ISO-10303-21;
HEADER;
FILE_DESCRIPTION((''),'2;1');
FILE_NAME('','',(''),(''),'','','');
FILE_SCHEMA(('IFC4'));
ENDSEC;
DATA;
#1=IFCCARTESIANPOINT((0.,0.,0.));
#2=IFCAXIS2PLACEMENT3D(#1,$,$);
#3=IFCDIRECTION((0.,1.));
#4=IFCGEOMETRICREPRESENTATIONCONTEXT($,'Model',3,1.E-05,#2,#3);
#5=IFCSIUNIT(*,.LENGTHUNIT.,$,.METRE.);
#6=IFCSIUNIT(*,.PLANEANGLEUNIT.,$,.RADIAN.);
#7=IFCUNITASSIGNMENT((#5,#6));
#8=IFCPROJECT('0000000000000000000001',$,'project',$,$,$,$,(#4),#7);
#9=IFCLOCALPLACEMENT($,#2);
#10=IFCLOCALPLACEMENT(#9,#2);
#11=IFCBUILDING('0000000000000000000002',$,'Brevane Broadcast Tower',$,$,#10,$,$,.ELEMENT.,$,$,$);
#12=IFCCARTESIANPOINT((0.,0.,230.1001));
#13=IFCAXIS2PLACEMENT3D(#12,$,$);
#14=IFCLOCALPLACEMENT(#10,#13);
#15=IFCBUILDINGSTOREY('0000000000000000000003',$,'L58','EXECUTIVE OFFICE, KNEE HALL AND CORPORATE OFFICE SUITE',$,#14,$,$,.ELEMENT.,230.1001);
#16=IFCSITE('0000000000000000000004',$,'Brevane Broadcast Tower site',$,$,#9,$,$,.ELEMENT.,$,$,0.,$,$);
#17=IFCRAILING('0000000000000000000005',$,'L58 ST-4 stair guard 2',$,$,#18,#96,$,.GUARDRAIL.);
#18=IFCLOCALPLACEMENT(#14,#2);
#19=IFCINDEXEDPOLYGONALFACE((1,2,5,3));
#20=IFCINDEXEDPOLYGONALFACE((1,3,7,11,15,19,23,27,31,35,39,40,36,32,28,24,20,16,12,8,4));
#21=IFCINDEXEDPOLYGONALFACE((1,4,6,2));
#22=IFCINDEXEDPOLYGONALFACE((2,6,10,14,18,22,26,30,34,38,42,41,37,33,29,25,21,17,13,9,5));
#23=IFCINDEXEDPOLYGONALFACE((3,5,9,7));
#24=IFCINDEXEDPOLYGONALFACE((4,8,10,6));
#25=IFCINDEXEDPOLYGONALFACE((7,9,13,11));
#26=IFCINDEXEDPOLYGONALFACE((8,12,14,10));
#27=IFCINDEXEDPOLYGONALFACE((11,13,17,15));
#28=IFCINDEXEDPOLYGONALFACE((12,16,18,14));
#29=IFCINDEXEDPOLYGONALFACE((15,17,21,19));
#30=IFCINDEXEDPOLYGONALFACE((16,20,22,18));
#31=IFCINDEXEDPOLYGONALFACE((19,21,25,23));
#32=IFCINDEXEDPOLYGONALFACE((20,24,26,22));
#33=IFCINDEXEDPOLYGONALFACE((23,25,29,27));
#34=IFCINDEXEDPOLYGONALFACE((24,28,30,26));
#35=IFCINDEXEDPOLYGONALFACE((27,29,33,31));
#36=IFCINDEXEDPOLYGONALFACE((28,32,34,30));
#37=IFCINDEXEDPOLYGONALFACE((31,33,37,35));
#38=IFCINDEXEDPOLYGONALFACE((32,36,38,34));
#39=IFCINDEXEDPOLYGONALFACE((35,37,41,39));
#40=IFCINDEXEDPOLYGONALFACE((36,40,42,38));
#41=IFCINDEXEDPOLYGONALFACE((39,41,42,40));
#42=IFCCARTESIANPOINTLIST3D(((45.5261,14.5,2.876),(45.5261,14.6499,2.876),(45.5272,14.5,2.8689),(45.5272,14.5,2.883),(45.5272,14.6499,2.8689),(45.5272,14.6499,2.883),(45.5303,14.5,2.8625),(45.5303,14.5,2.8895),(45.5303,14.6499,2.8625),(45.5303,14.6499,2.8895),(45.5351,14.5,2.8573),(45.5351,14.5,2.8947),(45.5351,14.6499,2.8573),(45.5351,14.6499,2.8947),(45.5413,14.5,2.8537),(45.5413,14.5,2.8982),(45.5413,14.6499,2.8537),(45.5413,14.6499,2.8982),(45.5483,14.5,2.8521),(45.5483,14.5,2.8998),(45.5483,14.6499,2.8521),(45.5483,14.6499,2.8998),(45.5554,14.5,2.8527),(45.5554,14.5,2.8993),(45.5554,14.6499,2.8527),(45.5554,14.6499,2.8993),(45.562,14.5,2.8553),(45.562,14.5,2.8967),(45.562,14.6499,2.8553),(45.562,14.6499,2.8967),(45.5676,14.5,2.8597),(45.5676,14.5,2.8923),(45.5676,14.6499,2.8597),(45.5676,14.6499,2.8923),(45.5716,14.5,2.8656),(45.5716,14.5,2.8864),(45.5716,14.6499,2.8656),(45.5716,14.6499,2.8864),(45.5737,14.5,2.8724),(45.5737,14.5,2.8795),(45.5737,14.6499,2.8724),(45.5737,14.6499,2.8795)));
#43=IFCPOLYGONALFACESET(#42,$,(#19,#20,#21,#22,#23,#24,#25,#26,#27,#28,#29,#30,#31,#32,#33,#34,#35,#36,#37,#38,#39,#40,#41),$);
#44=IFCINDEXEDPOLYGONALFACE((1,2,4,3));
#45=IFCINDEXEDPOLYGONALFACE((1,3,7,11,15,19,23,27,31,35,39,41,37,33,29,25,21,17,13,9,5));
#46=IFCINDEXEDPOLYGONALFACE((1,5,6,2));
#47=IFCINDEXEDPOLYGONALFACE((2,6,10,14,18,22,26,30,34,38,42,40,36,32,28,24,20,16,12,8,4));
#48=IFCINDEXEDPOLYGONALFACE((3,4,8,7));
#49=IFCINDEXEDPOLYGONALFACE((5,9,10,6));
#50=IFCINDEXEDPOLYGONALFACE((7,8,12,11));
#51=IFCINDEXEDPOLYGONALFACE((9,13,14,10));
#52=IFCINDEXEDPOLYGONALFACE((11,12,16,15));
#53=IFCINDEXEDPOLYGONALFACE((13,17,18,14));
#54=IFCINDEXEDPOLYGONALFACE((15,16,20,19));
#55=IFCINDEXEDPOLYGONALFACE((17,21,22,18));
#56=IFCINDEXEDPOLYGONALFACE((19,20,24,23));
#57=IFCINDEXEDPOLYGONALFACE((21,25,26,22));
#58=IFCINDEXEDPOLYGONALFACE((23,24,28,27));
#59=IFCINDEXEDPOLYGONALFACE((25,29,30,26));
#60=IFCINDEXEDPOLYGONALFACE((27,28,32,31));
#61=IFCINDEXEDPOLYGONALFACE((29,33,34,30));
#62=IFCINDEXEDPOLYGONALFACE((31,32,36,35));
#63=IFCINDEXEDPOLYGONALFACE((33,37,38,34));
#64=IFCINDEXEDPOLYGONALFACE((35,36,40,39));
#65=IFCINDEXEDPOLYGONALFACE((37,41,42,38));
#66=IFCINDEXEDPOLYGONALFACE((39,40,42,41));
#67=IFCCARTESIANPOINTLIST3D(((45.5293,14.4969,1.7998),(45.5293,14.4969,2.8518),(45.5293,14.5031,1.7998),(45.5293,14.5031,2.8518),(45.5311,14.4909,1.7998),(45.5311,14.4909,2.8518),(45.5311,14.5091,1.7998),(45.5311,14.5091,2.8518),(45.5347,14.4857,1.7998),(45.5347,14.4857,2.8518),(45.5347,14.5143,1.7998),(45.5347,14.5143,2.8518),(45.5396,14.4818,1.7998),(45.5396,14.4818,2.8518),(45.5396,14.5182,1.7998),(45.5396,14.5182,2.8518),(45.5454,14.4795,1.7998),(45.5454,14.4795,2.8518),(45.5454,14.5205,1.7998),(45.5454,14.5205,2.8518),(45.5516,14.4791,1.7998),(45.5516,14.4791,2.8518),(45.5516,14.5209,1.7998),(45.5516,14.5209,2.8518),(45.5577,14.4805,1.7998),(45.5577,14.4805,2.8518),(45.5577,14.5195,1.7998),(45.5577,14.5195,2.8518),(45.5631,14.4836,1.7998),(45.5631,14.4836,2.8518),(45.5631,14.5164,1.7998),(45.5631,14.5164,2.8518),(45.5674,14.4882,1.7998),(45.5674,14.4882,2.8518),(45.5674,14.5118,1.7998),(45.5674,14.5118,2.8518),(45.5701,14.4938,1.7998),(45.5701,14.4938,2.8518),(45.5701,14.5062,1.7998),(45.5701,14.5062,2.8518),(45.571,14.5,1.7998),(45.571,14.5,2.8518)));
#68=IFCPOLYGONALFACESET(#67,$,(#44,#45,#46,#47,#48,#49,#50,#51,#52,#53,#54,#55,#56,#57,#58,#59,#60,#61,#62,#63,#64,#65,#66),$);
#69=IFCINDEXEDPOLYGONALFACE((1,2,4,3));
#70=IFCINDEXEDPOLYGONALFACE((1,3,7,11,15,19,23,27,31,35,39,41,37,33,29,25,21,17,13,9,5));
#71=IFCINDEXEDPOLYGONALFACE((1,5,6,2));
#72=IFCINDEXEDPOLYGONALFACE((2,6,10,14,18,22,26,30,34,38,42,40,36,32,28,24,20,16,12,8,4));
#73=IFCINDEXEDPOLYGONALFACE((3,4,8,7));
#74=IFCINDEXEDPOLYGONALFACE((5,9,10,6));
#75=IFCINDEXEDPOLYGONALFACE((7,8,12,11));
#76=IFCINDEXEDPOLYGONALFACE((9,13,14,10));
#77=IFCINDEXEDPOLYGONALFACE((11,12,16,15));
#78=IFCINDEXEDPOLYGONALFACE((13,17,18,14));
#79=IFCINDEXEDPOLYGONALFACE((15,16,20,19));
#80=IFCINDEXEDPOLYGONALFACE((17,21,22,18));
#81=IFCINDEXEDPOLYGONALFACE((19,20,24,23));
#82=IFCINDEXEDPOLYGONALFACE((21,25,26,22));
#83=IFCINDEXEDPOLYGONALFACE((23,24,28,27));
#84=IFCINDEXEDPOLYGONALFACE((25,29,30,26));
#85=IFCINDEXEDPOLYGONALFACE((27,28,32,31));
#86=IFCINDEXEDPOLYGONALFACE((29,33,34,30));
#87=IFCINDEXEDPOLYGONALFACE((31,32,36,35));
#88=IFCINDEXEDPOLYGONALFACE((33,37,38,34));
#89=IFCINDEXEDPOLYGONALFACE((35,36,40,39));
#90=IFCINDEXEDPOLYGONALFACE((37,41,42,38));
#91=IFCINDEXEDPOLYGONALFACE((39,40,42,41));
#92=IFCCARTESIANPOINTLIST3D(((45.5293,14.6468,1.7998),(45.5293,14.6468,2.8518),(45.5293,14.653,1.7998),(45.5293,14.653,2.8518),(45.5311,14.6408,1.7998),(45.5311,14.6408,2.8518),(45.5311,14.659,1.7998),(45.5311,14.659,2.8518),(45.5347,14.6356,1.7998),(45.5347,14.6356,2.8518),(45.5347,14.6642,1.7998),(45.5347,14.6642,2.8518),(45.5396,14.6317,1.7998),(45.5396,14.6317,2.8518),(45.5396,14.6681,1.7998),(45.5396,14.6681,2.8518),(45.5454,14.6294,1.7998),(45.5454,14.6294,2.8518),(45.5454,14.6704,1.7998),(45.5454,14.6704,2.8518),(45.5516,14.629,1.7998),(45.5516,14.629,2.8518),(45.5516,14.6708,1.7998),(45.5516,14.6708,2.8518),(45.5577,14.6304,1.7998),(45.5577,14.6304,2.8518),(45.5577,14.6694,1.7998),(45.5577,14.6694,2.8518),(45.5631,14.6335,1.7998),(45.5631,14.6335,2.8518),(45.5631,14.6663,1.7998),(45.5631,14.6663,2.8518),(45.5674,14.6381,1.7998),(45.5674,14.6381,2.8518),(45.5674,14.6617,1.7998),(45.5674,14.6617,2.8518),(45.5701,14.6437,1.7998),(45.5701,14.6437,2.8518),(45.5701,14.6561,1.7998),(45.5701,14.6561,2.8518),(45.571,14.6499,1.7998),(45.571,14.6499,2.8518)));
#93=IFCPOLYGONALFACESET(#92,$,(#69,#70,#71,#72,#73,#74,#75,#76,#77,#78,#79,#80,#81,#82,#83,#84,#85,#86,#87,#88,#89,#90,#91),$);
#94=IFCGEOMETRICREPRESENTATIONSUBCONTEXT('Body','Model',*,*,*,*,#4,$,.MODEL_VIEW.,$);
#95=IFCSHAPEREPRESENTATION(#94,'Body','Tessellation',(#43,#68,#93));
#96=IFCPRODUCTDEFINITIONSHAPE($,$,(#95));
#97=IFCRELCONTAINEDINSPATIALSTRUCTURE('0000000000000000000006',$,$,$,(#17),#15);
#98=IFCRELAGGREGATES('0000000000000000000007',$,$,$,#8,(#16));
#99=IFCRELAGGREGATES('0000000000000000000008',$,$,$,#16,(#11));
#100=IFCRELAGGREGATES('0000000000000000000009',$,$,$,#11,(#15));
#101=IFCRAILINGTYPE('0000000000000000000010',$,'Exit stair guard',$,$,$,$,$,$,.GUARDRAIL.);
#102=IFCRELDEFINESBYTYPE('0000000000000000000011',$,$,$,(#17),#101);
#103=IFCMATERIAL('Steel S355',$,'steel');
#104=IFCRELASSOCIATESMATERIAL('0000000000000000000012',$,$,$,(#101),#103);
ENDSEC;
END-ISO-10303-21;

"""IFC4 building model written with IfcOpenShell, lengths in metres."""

from ifc_helpers import new_model, si_unit, direction, frame, origin, origin_2d, place, context, subcontext, project, spatial, circle, extrude, material, type_object, element, save


model = new_model("IFC4")

# Units and contexts
model_context = context("Model", 3, precision=1e-05, world=origin(), true_north=direction((0.0, 1.0)))
body_context = subcontext(model_context, "Body", "Model", "MODEL_VIEW")
ifc_project = project(units=[si_unit("LENGTHUNIT", "METRE"), si_unit("PLANEANGLEUNIT", "RADIAN")], contexts=[model_context])

# Site, building, storey
site_placement = place(None, origin())
site = spatial("IfcSite", under=ifc_project, at=site_placement, Name="Brevane Broadcast Tower site", CompositionType="ELEMENT", RefElevation=0.0)
building_placement = place(site_placement, origin())
building = spatial("IfcBuilding", under=site, at=building_placement, Name="Brevane Broadcast Tower", CompositionType="ELEMENT")
storey_placement = place(building_placement, frame((0.0, 0.0, 230.1001)))
storey = spatial("IfcBuildingStorey", under=building, at=storey_placement, Name="L58", Description="EXECUTIVE OFFICE, KNEE HALL AND CORPORATE OFFICE SUITE", CompositionType="ELEMENT", Elevation=230.1001)

# Railing
ifc_material_1 = material(Name="Steel S355", Category="steel")
railing_type_1 = type_object("IfcRailingType", Name="Exit stair guard", PredefinedType="GUARDRAIL", material=ifc_material_1)
railing_1_placement = place(storey_placement, frame((45.55, 14.5, 1.7998)))
element("IfcRailing", 1, at=railing_1_placement, inside=storey, type_object=railing_type_1, Name="L58 ST-4 stair guard 2", PredefinedType="GUARDRAIL", context=body_context, shape_type="SweptSolid", body=[
    extrude(circle(Radius=0.0239, at=origin_2d()), frame((0.0, 0.0, 1.0762), z_axis=(0.0, 1.0, 0.0), x_axis=(-1.0, 0.0, 0.0)), (0.0, 0.0, 1.0), 0.1499),
    extrude(circle(Radius=0.021, at=origin_2d()), origin(), (0.0, 0.0, 1.0), 1.052),
    extrude(circle(Radius=0.021, at=origin_2d()), frame((0.0, 0.1499, 0.0)), (0.0, 0.0, 1.0), 1.052),
])

save(model, "model.ifc")
